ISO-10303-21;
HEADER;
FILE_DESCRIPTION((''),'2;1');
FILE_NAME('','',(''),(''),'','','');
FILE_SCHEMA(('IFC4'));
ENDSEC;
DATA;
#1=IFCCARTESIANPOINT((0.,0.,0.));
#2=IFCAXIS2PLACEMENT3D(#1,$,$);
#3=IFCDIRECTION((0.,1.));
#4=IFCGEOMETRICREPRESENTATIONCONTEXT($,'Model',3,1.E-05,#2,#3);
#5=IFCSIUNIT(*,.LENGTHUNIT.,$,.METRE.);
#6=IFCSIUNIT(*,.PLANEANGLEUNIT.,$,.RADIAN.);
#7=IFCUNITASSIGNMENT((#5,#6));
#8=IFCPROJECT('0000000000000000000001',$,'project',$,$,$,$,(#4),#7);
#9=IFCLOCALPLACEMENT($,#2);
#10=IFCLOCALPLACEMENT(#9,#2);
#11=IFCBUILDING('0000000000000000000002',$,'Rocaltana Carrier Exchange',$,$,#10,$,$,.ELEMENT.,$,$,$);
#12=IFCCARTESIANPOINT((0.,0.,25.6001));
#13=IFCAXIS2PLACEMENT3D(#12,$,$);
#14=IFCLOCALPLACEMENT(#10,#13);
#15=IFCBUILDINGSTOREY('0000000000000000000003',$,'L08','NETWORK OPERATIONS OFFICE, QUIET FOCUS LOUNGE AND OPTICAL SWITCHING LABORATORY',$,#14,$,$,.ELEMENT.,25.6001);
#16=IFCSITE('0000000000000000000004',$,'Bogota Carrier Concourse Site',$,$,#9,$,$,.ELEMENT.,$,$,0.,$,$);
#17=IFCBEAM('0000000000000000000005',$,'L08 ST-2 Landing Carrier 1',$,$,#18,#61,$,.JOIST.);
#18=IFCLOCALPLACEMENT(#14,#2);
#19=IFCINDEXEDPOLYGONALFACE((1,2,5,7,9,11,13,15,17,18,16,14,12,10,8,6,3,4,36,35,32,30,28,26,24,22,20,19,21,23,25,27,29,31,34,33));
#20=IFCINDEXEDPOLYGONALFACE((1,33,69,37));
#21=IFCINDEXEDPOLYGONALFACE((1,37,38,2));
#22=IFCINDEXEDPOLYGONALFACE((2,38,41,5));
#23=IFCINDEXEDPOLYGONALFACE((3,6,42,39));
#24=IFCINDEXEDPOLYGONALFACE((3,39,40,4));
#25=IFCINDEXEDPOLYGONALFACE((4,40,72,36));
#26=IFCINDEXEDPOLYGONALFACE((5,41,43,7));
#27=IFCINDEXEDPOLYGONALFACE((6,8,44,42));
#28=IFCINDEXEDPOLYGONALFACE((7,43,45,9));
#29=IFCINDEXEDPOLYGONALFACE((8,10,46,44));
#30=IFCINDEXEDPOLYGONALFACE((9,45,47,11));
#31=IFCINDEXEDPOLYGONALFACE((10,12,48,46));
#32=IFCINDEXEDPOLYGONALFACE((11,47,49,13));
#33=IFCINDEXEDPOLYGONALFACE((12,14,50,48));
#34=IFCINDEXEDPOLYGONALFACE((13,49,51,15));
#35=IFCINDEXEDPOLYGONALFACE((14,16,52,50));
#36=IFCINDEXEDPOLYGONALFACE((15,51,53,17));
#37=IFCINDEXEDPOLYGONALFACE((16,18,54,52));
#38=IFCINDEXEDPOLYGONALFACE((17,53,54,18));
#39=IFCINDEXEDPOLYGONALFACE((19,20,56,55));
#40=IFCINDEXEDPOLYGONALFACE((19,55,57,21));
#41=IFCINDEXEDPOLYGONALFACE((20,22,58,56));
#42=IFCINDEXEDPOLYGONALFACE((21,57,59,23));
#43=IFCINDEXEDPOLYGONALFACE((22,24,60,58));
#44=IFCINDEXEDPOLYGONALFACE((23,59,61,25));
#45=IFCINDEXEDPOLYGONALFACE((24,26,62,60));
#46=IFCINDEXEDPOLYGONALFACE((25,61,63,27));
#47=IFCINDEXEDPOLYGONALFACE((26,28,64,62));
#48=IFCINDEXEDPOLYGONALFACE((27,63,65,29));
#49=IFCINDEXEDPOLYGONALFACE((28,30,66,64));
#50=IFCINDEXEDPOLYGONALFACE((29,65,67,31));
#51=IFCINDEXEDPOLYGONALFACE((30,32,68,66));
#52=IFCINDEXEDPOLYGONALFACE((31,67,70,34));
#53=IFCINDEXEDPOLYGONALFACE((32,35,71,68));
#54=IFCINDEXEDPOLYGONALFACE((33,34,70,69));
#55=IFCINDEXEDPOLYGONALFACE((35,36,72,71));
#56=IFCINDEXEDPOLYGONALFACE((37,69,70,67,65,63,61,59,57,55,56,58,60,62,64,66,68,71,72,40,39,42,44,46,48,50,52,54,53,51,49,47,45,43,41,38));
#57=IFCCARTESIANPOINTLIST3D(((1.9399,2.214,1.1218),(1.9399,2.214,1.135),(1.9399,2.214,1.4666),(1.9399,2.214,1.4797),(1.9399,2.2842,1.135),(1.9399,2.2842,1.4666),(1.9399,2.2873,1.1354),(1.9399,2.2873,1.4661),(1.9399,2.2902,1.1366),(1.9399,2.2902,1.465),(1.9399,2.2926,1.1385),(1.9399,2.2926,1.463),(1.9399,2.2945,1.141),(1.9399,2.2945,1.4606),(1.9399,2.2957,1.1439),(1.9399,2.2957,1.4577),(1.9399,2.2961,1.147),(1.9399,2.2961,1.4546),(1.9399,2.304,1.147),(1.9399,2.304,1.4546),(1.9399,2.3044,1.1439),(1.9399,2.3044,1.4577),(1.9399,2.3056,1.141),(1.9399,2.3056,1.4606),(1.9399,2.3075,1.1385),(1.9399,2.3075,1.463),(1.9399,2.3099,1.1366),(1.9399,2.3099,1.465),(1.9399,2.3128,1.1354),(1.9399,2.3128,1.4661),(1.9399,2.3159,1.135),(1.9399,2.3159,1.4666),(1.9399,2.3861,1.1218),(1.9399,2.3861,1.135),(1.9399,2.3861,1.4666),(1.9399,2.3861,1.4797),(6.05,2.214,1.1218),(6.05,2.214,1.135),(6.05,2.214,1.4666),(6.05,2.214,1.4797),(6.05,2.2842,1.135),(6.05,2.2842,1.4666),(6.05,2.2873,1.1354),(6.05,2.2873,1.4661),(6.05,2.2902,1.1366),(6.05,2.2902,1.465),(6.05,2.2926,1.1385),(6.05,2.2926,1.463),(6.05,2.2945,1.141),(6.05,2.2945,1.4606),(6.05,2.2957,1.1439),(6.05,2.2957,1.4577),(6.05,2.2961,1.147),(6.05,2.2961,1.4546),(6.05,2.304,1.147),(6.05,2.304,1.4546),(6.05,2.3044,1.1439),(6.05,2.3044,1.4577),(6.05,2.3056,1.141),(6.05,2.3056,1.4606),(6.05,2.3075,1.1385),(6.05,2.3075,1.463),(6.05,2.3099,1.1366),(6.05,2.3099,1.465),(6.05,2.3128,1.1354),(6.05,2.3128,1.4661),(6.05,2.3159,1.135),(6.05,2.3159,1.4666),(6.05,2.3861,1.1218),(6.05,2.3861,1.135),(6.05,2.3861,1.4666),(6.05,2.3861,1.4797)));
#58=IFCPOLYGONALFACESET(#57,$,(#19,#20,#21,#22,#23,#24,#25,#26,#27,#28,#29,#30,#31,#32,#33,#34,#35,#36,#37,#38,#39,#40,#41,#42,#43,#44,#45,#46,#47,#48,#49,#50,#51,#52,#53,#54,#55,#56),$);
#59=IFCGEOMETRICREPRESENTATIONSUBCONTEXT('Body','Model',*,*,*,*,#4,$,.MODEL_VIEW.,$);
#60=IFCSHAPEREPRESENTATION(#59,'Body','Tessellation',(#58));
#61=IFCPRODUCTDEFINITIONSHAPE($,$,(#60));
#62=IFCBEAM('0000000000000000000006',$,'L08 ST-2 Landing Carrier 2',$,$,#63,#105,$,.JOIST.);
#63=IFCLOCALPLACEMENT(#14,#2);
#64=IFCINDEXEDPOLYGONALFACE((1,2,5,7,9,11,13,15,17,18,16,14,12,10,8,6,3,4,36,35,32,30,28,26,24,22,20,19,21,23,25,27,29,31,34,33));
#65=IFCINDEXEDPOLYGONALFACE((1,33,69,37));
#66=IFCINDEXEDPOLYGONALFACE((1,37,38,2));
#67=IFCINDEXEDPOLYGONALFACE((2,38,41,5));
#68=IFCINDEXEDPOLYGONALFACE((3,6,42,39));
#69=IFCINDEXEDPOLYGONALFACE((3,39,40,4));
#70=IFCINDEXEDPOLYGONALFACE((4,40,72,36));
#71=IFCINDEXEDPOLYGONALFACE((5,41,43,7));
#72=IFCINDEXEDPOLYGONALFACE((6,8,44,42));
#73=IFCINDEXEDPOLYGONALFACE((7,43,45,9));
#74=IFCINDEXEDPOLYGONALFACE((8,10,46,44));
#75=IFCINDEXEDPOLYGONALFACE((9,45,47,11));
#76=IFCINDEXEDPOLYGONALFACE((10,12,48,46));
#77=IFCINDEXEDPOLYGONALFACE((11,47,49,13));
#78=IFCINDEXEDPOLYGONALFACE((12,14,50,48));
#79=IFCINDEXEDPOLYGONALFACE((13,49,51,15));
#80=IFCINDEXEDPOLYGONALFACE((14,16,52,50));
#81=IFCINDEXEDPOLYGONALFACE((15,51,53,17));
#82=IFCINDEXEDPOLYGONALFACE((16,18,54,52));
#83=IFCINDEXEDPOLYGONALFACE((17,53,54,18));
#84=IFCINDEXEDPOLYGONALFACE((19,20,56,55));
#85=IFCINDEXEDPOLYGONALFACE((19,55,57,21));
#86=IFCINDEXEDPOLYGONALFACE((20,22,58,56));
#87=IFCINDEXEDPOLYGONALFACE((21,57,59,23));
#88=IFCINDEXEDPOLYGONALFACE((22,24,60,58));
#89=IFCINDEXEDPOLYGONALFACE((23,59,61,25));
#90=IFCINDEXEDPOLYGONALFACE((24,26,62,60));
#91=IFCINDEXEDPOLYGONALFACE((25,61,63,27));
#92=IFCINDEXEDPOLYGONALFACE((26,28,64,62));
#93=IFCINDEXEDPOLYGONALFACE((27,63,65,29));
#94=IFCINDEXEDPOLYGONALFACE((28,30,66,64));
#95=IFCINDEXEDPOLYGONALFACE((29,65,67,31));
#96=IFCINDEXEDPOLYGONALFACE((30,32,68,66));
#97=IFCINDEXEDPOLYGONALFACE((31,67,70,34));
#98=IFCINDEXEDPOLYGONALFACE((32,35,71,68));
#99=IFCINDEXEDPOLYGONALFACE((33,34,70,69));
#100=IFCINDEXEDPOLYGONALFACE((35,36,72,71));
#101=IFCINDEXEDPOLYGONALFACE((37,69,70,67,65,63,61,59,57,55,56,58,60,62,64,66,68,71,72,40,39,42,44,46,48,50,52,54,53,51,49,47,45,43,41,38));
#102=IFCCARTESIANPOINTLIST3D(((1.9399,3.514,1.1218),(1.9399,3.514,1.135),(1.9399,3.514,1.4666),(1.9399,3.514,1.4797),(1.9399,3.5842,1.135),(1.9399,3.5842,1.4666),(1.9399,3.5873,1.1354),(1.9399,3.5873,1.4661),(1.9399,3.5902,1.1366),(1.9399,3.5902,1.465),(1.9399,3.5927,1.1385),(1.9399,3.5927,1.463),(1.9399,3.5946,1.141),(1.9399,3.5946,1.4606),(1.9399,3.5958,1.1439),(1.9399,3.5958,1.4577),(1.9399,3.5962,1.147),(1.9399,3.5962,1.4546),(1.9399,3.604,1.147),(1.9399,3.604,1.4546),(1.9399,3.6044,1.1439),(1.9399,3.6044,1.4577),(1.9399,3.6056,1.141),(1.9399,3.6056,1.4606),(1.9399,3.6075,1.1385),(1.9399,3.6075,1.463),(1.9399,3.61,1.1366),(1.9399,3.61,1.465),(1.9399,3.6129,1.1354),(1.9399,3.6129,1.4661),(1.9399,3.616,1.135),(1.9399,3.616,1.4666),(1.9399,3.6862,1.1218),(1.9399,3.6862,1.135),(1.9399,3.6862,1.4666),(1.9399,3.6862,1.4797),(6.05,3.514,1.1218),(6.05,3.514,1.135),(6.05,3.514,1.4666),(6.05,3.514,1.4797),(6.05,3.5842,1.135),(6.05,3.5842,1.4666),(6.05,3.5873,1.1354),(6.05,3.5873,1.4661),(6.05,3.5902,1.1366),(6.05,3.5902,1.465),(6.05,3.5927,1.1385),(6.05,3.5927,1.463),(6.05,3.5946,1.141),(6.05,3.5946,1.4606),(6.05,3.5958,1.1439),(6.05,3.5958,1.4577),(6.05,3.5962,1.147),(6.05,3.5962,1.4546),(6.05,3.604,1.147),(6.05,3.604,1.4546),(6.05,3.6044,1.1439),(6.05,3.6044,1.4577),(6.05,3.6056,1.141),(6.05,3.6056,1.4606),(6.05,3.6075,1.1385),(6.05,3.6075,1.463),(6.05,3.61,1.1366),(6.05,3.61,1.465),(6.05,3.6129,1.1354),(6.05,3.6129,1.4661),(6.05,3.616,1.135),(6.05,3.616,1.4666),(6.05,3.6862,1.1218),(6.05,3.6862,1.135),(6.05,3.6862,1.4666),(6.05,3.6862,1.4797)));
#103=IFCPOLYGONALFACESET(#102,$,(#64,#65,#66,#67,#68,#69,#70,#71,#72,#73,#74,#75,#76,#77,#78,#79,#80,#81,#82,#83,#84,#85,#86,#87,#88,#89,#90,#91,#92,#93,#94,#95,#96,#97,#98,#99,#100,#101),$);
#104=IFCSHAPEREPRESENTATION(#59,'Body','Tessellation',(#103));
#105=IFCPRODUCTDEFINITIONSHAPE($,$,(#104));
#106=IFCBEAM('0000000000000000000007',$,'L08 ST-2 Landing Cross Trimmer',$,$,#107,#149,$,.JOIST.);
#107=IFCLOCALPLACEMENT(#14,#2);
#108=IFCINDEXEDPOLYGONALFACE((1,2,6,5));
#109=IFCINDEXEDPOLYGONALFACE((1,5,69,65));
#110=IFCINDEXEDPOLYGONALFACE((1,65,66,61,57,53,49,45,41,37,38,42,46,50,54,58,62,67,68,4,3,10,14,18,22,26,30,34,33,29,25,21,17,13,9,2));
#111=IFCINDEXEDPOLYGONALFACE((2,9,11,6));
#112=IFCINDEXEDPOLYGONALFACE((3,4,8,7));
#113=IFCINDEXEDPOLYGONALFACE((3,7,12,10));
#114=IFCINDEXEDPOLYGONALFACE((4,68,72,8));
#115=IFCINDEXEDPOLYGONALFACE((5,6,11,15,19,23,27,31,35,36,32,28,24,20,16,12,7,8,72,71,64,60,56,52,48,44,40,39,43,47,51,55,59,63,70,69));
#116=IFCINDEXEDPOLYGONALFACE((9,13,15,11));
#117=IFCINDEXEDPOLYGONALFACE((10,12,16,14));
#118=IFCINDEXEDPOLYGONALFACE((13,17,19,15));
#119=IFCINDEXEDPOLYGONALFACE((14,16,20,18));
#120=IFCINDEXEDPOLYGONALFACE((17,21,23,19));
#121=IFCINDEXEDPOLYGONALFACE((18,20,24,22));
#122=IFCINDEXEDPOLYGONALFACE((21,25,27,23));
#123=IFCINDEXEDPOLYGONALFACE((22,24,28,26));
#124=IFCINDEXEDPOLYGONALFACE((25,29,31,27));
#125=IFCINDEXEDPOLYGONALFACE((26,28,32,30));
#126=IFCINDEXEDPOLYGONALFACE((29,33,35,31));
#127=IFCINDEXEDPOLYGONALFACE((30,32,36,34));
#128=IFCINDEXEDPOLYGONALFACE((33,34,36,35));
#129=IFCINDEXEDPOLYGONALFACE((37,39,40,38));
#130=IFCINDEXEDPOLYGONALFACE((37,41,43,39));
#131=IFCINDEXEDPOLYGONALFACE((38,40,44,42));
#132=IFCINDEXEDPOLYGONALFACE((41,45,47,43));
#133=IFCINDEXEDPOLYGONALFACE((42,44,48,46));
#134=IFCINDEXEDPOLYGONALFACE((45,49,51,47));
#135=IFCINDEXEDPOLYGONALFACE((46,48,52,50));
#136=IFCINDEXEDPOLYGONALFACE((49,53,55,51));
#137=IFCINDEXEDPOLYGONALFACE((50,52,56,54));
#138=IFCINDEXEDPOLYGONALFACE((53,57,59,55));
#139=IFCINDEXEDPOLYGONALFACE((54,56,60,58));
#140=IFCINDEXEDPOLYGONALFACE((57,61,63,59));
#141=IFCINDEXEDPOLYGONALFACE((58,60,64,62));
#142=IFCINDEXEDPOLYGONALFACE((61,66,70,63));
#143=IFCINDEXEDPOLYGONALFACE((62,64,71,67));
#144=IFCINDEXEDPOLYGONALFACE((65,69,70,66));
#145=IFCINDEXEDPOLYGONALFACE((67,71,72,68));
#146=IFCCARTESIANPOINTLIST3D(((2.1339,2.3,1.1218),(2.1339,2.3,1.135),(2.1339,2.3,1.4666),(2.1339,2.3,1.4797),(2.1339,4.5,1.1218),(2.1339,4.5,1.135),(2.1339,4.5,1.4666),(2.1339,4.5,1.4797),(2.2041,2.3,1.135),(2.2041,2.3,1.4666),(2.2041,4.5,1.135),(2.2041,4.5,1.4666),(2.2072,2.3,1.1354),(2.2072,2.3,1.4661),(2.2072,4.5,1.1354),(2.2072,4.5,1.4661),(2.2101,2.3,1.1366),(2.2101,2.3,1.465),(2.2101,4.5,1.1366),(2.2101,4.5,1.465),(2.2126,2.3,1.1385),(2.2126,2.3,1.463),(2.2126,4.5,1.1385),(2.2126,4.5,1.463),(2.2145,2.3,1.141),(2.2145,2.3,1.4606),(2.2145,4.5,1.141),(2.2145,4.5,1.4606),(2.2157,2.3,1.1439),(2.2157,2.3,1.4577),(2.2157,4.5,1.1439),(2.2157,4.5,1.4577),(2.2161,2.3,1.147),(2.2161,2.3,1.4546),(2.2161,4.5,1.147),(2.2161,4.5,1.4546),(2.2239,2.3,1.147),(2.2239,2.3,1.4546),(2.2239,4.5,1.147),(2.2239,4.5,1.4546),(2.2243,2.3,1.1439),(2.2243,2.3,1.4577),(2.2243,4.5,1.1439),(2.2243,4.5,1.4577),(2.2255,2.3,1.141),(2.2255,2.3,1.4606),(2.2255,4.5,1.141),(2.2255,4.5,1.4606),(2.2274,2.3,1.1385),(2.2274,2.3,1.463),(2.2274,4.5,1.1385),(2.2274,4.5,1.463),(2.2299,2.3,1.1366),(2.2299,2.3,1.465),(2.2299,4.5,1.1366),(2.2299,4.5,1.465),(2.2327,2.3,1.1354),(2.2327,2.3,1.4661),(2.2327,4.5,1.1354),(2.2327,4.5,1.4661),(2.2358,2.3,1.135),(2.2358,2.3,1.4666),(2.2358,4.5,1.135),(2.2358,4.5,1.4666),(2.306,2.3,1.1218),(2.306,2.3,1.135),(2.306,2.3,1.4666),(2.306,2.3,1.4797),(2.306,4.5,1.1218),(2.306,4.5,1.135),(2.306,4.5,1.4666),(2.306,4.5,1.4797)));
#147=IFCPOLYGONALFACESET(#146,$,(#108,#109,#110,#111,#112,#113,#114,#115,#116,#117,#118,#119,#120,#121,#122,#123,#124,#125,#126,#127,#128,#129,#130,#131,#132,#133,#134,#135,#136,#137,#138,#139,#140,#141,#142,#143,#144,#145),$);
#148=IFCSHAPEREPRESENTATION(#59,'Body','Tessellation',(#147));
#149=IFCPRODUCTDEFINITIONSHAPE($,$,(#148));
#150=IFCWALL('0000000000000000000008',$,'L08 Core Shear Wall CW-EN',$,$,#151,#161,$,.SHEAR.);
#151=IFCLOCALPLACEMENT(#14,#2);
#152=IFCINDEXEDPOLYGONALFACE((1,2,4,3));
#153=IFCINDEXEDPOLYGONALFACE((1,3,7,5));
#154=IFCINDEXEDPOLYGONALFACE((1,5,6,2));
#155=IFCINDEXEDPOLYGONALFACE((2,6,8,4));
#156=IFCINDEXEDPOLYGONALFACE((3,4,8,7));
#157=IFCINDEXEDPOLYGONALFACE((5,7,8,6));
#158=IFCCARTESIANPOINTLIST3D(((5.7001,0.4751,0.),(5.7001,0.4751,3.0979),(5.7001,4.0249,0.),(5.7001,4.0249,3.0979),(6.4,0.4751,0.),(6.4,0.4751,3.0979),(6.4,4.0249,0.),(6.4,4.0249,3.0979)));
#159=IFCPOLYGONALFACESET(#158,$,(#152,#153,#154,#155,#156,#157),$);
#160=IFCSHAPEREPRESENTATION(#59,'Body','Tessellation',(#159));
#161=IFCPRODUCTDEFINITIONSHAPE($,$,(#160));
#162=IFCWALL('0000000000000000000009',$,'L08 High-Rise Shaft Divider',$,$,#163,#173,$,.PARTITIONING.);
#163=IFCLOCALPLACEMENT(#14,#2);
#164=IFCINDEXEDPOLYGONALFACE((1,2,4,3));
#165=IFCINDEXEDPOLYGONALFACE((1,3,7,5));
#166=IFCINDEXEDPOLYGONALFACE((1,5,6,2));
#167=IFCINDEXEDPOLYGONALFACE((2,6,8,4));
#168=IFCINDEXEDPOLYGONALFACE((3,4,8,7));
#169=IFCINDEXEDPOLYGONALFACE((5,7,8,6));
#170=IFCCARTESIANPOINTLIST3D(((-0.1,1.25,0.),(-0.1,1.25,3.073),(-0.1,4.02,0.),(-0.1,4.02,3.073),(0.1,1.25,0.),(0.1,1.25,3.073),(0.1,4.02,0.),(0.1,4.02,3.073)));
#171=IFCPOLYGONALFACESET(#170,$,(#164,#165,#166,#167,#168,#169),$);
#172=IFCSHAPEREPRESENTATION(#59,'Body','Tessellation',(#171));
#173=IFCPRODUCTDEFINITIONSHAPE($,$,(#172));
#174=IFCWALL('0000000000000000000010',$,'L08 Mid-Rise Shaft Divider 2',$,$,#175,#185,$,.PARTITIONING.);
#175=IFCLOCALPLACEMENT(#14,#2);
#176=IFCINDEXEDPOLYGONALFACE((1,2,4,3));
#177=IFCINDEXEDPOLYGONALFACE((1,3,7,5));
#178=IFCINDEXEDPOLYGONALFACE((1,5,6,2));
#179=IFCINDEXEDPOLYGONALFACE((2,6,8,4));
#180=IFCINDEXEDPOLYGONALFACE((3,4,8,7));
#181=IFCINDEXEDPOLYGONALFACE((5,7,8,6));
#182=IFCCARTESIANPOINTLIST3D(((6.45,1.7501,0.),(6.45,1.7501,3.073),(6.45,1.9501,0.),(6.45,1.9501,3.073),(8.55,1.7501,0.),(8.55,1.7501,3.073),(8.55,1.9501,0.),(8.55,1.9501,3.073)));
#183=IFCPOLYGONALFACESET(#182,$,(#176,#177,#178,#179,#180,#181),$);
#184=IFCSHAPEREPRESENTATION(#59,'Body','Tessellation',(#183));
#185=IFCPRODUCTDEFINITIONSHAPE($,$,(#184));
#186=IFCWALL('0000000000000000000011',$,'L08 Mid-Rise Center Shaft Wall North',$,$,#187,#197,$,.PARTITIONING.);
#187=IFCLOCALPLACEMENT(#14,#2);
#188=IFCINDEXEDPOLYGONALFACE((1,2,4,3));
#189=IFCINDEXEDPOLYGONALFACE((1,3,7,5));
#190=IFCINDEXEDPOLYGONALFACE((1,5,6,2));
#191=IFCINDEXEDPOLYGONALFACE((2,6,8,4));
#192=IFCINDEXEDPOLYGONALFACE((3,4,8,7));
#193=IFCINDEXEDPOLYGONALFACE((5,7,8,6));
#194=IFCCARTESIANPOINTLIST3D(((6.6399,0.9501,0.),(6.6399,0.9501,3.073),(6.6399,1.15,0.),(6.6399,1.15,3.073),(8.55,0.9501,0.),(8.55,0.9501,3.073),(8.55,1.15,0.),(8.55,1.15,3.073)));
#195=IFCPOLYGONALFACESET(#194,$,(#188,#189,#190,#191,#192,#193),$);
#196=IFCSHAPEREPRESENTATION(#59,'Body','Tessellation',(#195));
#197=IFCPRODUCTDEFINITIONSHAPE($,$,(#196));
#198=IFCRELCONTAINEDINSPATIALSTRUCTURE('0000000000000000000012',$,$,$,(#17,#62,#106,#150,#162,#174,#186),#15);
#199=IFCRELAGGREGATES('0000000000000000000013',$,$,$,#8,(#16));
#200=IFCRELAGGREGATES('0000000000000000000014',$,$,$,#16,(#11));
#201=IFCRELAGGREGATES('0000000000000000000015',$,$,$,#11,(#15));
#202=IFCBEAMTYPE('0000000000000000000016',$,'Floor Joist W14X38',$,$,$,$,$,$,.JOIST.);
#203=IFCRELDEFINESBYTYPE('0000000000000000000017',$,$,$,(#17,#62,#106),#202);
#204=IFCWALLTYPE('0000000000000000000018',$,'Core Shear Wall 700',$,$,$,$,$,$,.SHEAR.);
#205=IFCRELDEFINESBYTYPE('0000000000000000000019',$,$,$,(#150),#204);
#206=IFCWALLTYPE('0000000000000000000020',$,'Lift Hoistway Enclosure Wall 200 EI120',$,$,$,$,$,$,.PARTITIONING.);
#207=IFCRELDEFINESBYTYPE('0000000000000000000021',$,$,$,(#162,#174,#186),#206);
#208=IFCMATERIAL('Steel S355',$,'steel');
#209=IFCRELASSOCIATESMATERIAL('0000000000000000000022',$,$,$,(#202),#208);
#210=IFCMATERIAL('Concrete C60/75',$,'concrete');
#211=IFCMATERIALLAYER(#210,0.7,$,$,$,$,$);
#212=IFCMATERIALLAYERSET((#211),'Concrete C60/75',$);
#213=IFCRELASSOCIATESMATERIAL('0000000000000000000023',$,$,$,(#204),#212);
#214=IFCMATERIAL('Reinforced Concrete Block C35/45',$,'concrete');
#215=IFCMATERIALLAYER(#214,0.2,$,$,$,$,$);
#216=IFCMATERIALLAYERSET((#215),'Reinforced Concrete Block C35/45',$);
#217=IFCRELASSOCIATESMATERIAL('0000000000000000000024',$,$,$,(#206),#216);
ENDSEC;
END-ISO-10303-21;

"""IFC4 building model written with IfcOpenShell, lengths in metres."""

from ifc_helpers import new_model, si_unit, direction, frame, frame_2d, origin, origin_2d, place, context, subcontext, project, spatial, rectangle, i_section, extrude, material, layer, layer_set, material_profile, profile_set, type_object, element, save


model = new_model("IFC4")

# Units and contexts
model_context = context("Model", 3, precision=1e-05, world=origin(), true_north=direction((0.0, 1.0)))
body_context = subcontext(model_context, "Body", "Model", "MODEL_VIEW")
ifc_project = project(units=[si_unit("LENGTHUNIT", "METRE"), si_unit("PLANEANGLEUNIT", "RADIAN")], contexts=[model_context])

# Site, building, storey
site_placement = place(None, origin())
site = spatial("IfcSite", under=ifc_project, at=site_placement, Name="Bogota Carrier Concourse Site", CompositionType="ELEMENT", RefElevation=0.0)
building_placement = place(site_placement, origin())
building = spatial("IfcBuilding", under=site, at=building_placement, Name="Rocaltana Carrier Exchange", CompositionType="ELEMENT")
storey_placement = place(building_placement, frame((0.0, 0.0, 25.6001)))
storey = spatial("IfcBuildingStorey", under=building, at=storey_placement, Name="L08", Description="NETWORK OPERATIONS OFFICE, QUIET FOCUS LOUNGE AND OPTICAL SWITCHING LABORATORY", CompositionType="ELEMENT", Elevation=25.6001)

# Beams
ifc_material_1 = material(Name="Steel S355", Category="steel")
ifc_material_profile = material_profile(ifc_material_1, i_section(OverallWidth=0.1721, OverallDepth=0.3579, WebThickness=0.0078, FlangeThickness=0.0132, FilletRadius=0.012, at=origin_2d()), Name="W14X38")
ifc_profile_set = profile_set([ifc_material_profile], Name="Steel S355")
beam_type = type_object("IfcBeamType", Name="Floor Joist W14X38", PredefinedType="JOIST", material=ifc_profile_set)
for number, where, z_axis, x_axis, name in (
    (1, (1.9399, 2.3, 1.3008), (1.0, 0.0, 0.0), (0.0, 1.0, 0.0), "L08 ST-2 Landing Carrier 1"),
    (2, (1.9399, 3.6001, 1.3008), (1.0, 0.0, 0.0), (0.0, 1.0, 0.0), "L08 ST-2 Landing Carrier 2"),
):
    element("IfcBeam", number, at=place(storey_placement, frame(where, z_axis=z_axis, x_axis=x_axis)), inside=storey, type_object=beam_type, Name=name, PredefinedType="JOIST", context=body_context, shape_type="SweptSolid", body=[
        extrude(i_section(OverallWidth=0.1721, OverallDepth=0.3579, WebThickness=0.0078, FlangeThickness=0.0132, FilletRadius=0.012, at=origin_2d()), origin(), (0.0, 0.0, 1.0), 4.1101),
    ])
beam_placement = place(storey_placement, frame((2.22, 2.3, 1.3008), z_axis=(0.0, 1.0, 0.0), x_axis=(-1.0, 0.0, 0.0)))
element("IfcBeam", 3, at=beam_placement, inside=storey, type_object=beam_type, Name="L08 ST-2 Landing Cross Trimmer", PredefinedType="JOIST", context=body_context, shape_type="SweptSolid", body=[
    extrude(i_section(OverallWidth=0.1721, OverallDepth=0.3579, WebThickness=0.0078, FlangeThickness=0.0132, FilletRadius=0.012, at=origin_2d()), origin(), (0.0, 0.0, 1.0), 2.2),
])

# Walls
ifc_material_2 = material(Name="Concrete C60/75", Category="concrete")
ifc_layer_1 = layer(ifc_material_2, 0.7)
ifc_layer_set_1 = layer_set([ifc_layer_1], Name="Concrete C60/75")
wall_type_1 = type_object("IfcWallType", Name="Core Shear Wall 700", PredefinedType="SHEAR", material=ifc_layer_set_1)
wall_1_placement = place(storey_placement, frame((6.05, 0.4751, 0.0), z_axis=(0.0, 0.0, 1.0), x_axis=(0.0, 1.0, 0.0)))
element("IfcWall", 4, at=wall_1_placement, inside=storey, type_object=wall_type_1, Name="L08 Core Shear Wall CW-EN", PredefinedType="SHEAR", context=body_context, shape_type="SweptSolid", body=[
    extrude(rectangle(XDim=3.5498, YDim=0.7, at=frame_2d((1.7749, 0.0))), origin(), (0.0, 0.0, 1.0), 3.0979),
])
ifc_material_3 = material(Name="Reinforced Concrete Block C35/45", Category="concrete")
ifc_layer_2 = layer(ifc_material_3, 0.2)
ifc_layer_set_2 = layer_set([ifc_layer_2], Name="Reinforced Concrete Block C35/45")
wall_type_2 = type_object("IfcWallType", Name="Lift Hoistway Enclosure Wall 200 EI120", PredefinedType="PARTITIONING", material=ifc_layer_set_2)
wall_2_placement = place(storey_placement, frame((0.0, 1.25, 0.0), z_axis=(0.0, 0.0, 1.0), x_axis=(0.0, 1.0, 0.0)))
element("IfcWall", 5, at=wall_2_placement, inside=storey, type_object=wall_type_2, Name="L08 High-Rise Shaft Divider", PredefinedType="PARTITIONING", context=body_context, shape_type="SweptSolid", body=[
    extrude(rectangle(XDim=2.77, YDim=0.2, at=frame_2d((1.385, 0.0))), origin(), (0.0, 0.0, 1.0), 3.073),
])
wall_3_placement = place(storey_placement, frame((6.45, 1.8501, 0.0), z_axis=(0.0, 0.0, 1.0), x_axis=(1.0, 0.0, 0.0)))
element("IfcWall", 6, at=wall_3_placement, inside=storey, type_object=wall_type_2, Name="L08 Mid-Rise Shaft Divider 2", PredefinedType="PARTITIONING", context=body_context, shape_type="SweptSolid", body=[
    extrude(rectangle(XDim=2.1001, YDim=0.2, at=frame_2d((1.05, 0.0))), origin(), (0.0, 0.0, 1.0), 3.073),
])
wall_4_placement = place(storey_placement, frame((6.6399, 1.05, 0.0), z_axis=(0.0, 0.0, 1.0), x_axis=(1.0, 0.0, 0.0)))
element("IfcWall", 7, at=wall_4_placement, inside=storey, type_object=wall_type_2, Name="L08 Mid-Rise Center Shaft Wall North", PredefinedType="PARTITIONING", context=body_context, shape_type="SweptSolid", body=[
    extrude(rectangle(XDim=1.9102, YDim=0.2, at=frame_2d((0.9551, 0.0))), origin(), (0.0, 0.0, 1.0), 3.073),
])

save(model, "model.ifc")
